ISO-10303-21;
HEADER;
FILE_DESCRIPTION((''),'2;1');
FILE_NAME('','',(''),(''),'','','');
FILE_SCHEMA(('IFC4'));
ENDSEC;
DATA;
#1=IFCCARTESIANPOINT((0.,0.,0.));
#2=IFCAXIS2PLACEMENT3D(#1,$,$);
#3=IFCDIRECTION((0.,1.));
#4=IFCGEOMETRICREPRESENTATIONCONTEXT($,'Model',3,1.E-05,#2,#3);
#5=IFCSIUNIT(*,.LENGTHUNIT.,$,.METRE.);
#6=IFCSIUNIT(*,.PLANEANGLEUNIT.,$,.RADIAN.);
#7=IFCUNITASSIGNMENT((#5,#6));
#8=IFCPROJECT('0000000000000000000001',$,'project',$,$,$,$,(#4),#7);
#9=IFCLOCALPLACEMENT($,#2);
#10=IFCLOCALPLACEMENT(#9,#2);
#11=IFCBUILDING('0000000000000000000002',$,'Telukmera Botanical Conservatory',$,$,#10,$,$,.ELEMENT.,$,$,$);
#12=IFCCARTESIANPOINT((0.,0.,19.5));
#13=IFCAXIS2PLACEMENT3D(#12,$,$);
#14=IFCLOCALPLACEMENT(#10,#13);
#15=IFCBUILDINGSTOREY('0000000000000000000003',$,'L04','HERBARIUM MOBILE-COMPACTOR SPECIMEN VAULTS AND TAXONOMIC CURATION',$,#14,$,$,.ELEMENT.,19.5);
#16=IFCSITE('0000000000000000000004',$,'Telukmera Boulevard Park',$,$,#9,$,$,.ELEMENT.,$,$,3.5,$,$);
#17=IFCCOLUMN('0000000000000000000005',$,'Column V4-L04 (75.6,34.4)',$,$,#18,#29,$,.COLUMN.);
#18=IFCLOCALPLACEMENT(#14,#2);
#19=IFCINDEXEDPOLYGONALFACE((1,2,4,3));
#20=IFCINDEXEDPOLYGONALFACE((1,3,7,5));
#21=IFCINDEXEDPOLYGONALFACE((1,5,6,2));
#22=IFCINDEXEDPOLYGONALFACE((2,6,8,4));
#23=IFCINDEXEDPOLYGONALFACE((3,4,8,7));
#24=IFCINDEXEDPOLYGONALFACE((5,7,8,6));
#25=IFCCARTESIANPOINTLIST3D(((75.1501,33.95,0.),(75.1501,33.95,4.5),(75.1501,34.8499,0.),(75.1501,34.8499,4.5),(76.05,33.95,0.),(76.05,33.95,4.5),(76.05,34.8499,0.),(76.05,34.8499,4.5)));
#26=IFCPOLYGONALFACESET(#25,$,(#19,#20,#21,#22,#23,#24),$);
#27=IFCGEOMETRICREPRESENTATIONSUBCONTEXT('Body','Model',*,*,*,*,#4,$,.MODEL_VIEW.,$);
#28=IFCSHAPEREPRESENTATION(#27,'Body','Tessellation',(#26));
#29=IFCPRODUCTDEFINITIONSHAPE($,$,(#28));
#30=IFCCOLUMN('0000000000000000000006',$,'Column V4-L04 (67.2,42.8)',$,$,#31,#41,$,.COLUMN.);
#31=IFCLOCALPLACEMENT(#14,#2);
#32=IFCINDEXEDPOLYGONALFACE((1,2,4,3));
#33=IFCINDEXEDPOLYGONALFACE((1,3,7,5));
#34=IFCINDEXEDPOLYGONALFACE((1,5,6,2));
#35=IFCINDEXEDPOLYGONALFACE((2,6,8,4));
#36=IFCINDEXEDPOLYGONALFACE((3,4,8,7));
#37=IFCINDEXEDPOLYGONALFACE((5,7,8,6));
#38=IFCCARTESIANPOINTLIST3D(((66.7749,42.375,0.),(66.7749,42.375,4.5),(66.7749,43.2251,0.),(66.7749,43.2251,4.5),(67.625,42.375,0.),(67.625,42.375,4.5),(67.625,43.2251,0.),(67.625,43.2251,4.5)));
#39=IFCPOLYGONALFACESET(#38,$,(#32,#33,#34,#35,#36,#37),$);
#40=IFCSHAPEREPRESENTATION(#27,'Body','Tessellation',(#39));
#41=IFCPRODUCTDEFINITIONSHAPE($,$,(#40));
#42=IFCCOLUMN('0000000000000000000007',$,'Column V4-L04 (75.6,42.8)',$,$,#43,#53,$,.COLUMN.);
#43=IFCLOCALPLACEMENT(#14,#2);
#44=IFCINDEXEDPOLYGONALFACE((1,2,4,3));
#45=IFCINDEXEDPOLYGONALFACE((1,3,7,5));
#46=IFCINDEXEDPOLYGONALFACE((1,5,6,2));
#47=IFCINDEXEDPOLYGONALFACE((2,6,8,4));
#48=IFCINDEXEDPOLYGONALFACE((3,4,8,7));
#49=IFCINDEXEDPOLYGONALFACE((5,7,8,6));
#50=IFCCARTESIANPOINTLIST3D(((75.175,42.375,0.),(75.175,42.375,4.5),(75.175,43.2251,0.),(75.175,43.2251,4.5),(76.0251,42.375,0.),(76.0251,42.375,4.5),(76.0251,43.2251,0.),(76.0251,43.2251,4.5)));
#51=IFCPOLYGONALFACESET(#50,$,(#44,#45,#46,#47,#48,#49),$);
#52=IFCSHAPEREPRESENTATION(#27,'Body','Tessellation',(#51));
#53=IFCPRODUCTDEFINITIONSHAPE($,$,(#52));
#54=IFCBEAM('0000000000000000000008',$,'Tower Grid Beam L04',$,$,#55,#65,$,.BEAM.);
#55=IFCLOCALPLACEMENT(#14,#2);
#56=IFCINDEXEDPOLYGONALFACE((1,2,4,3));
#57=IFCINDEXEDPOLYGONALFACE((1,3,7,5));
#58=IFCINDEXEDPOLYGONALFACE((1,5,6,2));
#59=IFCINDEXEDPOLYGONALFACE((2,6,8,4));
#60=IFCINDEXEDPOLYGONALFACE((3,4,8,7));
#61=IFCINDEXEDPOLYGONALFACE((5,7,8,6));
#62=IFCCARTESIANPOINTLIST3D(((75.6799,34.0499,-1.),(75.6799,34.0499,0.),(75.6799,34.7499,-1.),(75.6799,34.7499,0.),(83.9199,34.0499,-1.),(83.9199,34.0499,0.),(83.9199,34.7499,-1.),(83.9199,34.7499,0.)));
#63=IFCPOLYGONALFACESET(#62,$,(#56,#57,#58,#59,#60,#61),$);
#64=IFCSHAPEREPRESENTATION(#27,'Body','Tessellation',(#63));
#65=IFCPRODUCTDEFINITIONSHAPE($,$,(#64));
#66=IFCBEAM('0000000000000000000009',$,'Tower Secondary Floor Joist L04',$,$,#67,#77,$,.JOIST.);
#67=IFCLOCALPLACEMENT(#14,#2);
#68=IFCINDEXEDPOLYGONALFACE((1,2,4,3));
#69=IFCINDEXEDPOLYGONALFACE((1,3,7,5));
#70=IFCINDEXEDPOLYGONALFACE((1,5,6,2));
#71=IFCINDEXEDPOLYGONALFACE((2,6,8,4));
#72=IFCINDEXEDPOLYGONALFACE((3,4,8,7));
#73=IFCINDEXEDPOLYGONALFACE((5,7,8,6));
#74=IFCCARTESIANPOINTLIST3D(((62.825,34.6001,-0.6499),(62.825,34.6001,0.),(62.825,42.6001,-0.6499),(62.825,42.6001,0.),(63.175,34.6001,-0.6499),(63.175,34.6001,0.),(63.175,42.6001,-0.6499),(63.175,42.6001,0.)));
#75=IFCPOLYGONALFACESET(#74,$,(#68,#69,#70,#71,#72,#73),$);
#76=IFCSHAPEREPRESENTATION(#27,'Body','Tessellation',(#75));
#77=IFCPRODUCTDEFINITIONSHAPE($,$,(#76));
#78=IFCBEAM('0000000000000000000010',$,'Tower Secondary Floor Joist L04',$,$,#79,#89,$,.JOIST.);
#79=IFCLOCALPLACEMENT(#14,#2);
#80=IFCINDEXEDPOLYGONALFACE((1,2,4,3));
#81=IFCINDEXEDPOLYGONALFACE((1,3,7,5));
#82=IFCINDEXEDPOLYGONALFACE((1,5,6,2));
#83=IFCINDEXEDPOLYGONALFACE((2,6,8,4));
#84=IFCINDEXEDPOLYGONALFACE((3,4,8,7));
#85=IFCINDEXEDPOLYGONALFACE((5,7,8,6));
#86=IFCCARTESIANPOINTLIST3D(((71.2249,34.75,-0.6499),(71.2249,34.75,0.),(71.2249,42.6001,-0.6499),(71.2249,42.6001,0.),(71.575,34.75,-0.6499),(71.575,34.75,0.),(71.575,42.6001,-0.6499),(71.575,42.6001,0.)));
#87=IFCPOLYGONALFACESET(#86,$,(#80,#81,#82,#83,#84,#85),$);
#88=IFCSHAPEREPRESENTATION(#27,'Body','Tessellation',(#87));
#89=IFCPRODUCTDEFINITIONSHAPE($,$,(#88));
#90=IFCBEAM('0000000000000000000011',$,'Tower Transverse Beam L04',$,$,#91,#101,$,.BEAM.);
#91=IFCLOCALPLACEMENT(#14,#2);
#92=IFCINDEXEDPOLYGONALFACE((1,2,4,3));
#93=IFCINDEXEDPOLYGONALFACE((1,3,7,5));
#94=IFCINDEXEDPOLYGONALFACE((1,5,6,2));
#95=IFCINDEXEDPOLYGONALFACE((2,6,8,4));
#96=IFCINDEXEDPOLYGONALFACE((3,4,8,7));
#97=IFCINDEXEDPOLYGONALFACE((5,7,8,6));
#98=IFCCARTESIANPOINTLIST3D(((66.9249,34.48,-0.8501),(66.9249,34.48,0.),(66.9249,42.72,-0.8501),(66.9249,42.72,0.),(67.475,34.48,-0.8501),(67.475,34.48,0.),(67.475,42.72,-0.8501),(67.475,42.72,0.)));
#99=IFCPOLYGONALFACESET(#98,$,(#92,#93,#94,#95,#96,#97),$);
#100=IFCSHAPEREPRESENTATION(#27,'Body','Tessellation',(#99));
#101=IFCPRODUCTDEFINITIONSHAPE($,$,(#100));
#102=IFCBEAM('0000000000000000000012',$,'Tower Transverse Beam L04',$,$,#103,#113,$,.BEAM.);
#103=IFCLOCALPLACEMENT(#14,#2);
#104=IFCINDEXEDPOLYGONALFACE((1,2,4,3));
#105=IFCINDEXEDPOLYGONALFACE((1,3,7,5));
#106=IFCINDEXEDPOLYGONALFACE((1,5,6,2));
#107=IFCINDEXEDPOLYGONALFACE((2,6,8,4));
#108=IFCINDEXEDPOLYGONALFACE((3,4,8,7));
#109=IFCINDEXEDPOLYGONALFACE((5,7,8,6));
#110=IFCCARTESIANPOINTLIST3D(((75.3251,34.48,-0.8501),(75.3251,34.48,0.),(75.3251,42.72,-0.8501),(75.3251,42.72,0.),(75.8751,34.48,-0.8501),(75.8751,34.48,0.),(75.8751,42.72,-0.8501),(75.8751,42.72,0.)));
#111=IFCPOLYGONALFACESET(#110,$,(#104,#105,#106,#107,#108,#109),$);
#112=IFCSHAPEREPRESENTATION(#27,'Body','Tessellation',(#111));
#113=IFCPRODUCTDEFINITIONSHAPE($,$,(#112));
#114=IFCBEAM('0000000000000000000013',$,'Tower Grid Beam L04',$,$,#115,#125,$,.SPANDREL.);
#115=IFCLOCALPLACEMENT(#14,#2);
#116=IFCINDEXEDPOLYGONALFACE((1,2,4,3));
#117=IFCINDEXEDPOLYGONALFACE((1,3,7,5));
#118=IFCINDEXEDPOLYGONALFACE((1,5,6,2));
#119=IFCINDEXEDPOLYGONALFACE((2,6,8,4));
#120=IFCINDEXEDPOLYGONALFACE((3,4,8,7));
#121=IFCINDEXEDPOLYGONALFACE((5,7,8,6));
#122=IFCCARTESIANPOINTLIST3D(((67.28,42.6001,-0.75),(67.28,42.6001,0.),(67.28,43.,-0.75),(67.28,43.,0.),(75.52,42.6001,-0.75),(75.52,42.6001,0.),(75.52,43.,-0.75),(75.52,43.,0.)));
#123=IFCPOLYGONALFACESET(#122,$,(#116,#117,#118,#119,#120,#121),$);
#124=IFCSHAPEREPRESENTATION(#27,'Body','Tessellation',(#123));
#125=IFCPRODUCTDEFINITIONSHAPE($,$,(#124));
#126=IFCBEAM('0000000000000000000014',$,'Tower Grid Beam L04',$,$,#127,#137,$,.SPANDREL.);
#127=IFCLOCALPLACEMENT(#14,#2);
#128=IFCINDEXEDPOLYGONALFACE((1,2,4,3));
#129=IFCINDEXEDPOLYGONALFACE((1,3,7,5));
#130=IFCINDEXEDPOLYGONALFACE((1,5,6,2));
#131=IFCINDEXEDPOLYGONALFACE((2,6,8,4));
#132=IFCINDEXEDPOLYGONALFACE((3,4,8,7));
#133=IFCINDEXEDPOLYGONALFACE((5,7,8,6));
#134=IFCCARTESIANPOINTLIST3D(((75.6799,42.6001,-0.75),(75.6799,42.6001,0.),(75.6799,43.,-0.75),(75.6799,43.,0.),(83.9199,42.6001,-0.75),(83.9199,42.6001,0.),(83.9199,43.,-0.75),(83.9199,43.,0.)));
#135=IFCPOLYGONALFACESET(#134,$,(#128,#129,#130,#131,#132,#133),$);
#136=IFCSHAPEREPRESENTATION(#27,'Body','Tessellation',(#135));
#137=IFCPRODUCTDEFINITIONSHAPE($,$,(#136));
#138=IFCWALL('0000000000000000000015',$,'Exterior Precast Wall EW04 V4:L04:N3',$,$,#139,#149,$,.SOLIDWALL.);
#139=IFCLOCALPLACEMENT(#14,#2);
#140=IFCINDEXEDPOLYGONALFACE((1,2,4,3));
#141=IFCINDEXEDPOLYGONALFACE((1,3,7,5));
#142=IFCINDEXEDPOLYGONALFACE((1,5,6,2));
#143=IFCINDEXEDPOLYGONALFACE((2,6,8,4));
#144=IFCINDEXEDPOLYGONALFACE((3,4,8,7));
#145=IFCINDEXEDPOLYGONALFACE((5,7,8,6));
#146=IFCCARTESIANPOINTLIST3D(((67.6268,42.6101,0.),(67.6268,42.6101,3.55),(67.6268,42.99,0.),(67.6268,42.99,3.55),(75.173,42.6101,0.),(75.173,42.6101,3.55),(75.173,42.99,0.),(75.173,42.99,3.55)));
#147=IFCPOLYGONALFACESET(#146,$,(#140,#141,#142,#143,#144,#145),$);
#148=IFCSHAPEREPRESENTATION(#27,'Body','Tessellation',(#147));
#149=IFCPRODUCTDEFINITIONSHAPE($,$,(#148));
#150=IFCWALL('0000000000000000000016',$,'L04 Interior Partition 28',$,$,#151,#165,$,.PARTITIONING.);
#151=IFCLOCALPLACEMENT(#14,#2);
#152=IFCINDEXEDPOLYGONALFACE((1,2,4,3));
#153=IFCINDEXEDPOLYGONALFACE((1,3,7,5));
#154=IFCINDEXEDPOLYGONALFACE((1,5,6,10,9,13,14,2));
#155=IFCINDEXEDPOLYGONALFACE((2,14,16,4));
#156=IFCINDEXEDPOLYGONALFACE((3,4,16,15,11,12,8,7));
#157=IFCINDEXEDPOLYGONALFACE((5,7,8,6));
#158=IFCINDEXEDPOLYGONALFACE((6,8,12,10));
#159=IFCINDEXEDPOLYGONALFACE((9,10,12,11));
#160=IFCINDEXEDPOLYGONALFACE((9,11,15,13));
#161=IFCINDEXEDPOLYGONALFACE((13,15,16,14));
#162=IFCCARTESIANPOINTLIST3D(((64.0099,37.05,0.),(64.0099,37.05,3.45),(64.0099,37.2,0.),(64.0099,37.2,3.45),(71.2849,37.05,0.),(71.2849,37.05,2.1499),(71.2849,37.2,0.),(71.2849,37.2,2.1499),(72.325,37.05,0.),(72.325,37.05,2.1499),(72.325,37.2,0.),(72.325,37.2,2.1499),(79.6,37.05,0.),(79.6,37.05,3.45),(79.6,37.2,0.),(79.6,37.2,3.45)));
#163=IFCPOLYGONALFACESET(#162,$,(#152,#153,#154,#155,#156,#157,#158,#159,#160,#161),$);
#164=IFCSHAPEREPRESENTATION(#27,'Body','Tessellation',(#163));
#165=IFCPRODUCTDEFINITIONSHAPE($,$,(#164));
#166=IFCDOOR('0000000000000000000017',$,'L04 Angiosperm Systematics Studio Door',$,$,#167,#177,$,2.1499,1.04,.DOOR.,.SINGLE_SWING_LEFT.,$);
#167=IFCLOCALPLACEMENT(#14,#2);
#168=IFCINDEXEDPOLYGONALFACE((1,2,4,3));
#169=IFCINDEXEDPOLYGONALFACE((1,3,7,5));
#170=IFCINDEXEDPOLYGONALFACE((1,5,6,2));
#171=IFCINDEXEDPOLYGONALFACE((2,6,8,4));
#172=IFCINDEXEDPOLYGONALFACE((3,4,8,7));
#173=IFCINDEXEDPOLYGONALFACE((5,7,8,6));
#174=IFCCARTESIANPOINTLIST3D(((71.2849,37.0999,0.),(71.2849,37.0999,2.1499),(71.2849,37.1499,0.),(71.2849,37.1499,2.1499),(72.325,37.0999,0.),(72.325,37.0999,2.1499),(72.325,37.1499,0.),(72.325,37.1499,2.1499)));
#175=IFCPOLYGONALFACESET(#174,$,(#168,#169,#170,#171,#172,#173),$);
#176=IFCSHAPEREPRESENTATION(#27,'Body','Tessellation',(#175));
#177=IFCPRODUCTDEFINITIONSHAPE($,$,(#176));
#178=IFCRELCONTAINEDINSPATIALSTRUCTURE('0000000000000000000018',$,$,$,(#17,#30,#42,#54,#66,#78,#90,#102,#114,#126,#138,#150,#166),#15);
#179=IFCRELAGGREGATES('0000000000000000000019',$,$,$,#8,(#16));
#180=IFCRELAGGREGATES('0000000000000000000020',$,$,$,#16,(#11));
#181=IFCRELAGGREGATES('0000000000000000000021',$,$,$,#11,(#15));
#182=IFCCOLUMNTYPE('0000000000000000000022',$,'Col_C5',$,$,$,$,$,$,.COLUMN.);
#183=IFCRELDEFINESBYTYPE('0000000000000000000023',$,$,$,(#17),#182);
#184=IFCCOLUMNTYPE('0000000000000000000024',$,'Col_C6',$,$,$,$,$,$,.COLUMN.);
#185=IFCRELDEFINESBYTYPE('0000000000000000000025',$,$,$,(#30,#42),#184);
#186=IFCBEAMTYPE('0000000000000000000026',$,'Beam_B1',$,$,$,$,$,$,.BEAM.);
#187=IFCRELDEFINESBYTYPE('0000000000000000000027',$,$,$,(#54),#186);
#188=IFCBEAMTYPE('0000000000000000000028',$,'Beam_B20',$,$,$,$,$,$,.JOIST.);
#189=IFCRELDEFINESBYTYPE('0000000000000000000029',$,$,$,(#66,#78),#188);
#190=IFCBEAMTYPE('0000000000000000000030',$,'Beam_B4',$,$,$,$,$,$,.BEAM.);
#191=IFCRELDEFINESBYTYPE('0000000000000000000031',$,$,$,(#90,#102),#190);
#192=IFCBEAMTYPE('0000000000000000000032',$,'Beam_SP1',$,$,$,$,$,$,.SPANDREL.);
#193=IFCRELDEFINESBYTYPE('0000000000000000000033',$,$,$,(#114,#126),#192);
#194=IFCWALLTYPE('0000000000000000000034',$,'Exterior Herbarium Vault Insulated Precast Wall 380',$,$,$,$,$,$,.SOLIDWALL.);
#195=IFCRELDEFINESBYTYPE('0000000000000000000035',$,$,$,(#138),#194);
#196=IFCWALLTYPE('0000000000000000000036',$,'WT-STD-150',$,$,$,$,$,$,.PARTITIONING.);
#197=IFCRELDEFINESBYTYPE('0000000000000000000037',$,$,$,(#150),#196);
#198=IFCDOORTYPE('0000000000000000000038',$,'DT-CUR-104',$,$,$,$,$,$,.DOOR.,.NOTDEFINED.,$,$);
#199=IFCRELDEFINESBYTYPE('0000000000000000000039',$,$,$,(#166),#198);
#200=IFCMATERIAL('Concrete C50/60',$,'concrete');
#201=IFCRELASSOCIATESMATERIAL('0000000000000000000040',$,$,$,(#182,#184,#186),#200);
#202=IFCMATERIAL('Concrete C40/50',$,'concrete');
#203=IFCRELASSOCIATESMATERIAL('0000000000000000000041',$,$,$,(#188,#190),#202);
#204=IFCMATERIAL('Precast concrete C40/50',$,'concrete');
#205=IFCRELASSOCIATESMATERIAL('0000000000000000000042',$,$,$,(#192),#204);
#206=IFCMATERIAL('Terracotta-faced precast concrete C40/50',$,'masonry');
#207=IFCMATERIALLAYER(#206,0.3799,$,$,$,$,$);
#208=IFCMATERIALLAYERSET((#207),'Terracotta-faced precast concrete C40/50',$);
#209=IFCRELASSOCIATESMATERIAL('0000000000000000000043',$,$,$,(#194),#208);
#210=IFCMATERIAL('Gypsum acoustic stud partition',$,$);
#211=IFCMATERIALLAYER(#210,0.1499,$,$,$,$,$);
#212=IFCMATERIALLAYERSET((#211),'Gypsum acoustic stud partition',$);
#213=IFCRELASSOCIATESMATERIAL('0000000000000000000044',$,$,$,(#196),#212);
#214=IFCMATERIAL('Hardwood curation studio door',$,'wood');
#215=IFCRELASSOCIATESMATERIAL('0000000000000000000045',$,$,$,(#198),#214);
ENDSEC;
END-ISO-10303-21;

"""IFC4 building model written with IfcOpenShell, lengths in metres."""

from ifc_helpers import new_model, si_unit, direction, frame, frame_2d, origin, origin_2d, place, context, subcontext, project, spatial, rectangle, extrude, material, layer, layer_set, material_profile, profile_set, type_object, element, fill, save


model = new_model("IFC4")

# Units and contexts
model_context = context("Model", 3, precision=1e-05, world=origin(), true_north=direction((0.0, 1.0)))
body_context = subcontext(model_context, "Body", "Model", "MODEL_VIEW")
ifc_project = project(units=[si_unit("LENGTHUNIT", "METRE"), si_unit("PLANEANGLEUNIT", "RADIAN")], contexts=[model_context])

# Site, building, storey
site_placement = place(None, origin())
site = spatial("IfcSite", under=ifc_project, at=site_placement, Name="Telukmera Boulevard Park", CompositionType="ELEMENT", RefElevation=3.5)
building_placement = place(site_placement, origin())
building = spatial("IfcBuilding", under=site, at=building_placement, Name="Telukmera Botanical Conservatory", CompositionType="ELEMENT")
storey_placement = place(building_placement, frame((0.0, 0.0, 19.5)))
storey = spatial("IfcBuildingStorey", under=building, at=storey_placement, Name="L04", Description="HERBARIUM MOBILE-COMPACTOR SPECIMEN VAULTS AND TAXONOMIC CURATION", CompositionType="ELEMENT", Elevation=19.5)

# Columns
ifc_material_1 = material(Name="Concrete C50/60", Category="concrete")
ifc_material_profile_1 = material_profile(ifc_material_1, rectangle(XDim=0.8999, YDim=0.8999, at=origin_2d()), Name="RC 900x900")
ifc_profile_set_1 = profile_set([ifc_material_profile_1], Name="Concrete C50/60")
column_type_1 = type_object("IfcColumnType", Name="Col_C5", PredefinedType="COLUMN", material=ifc_profile_set_1)
column_placement = place(storey_placement, frame((75.6001, 34.3999, 0.0), z_axis=(0.0, 0.0, 1.0), x_axis=(1.0, 0.0, 0.0)))
element("IfcColumn", 1, at=column_placement, inside=storey, type_object=column_type_1, Name="Column V4-L04 (75.6,34.4)", PredefinedType="COLUMN", context=body_context, shape_type="SweptSolid", body=[
    extrude(rectangle(XDim=0.8999, YDim=0.8999, at=origin_2d()), origin(), (0.0, 0.0, 1.0), 4.5),
])
ifc_material_profile_2 = material_profile(ifc_material_1, rectangle(XDim=0.8501, YDim=0.8501, at=origin_2d()), Name="RC 850x850")
ifc_profile_set_2 = profile_set([ifc_material_profile_2], Name="Concrete C50/60")
column_type_2 = type_object("IfcColumnType", Name="Col_C6", PredefinedType="COLUMN", material=ifc_profile_set_2)
for number, where, z_axis, x_axis, name in (
    (2, (67.2, 42.8, 0.0), (0.0, 0.0, 1.0), (1.0, 0.0, 0.0), "Column V4-L04 (67.2,42.8)"),
    (3, (75.6001, 42.8, 0.0), (0.0, 0.0, 1.0), (1.0, 0.0, 0.0), "Column V4-L04 (75.6,42.8)"),
):
    element("IfcColumn", number, at=place(storey_placement, frame(where, z_axis=z_axis, x_axis=x_axis)), inside=storey, type_object=column_type_2, Name=name, PredefinedType="COLUMN", context=body_context, shape_type="SweptSolid", body=[
        extrude(rectangle(XDim=0.8501, YDim=0.8501, at=origin_2d()), origin(), (0.0, 0.0, 1.0), 4.5),
    ])

# Beams
ifc_material_profile_3 = material_profile(ifc_material_1, rectangle(XDim=0.7, YDim=1.0, at=origin_2d()), Name="RC 700x1000")
ifc_profile_set_3 = profile_set([ifc_material_profile_3], Name="Concrete C50/60")
beam_type_1 = type_object("IfcBeamType", Name="Beam_B1", PredefinedType="BEAM", material=ifc_profile_set_3)
beam_1_placement = place(storey_placement, frame((75.6799, 34.3999, -0.5), z_axis=(1.0, 0.0, 0.0), x_axis=(0.0, 1.0, 0.0)))
element("IfcBeam", 4, at=beam_1_placement, inside=storey, type_object=beam_type_1, Name="Tower Grid Beam L04", PredefinedType="BEAM", context=body_context, shape_type="SweptSolid", body=[
    extrude(rectangle(XDim=0.7, YDim=1.0, at=origin_2d()), origin(), (0.0, 0.0, 1.0), 8.24),
])
ifc_material_2 = material(Name="Concrete C40/50", Category="concrete")
ifc_material_profile_4 = material_profile(ifc_material_2, rectangle(XDim=0.3501, YDim=0.6499, at=origin_2d()), Name="RC 350x650")
ifc_profile_set_4 = profile_set([ifc_material_profile_4], Name="Concrete C40/50")
beam_type_2 = type_object("IfcBeamType", Name="Beam_B20", PredefinedType="JOIST", material=ifc_profile_set_4)
beam_2_placement = place(storey_placement, frame((63.0, 34.6001, -0.325), z_axis=(0.0, 1.0, 0.0), x_axis=(-1.0, 0.0, 0.0)))
element("IfcBeam", 5, at=beam_2_placement, inside=storey, type_object=beam_type_2, Name="Tower Secondary Floor Joist L04", PredefinedType="JOIST", context=body_context, shape_type="SweptSolid", body=[
    extrude(rectangle(XDim=0.3501, YDim=0.6499, at=origin_2d()), origin(), (0.0, 0.0, 1.0), 8.0),
])
beam_3_placement = place(storey_placement, frame((71.3999, 34.75, -0.325), z_axis=(0.0, 1.0, 0.0), x_axis=(-1.0, 0.0, 0.0)))
element("IfcBeam", 6, at=beam_3_placement, inside=storey, type_object=beam_type_2, Name="Tower Secondary Floor Joist L04", PredefinedType="JOIST", context=body_context, shape_type="SweptSolid", body=[
    extrude(rectangle(XDim=0.3501, YDim=0.6499, at=origin_2d()), origin(), (0.0, 0.0, 1.0), 7.8501),
])
ifc_material_profile_5 = material_profile(ifc_material_2, rectangle(XDim=0.55, YDim=0.8501, at=origin_2d()), Name="RC 550x850")
ifc_profile_set_5 = profile_set([ifc_material_profile_5], Name="Concrete C40/50")
beam_type_3 = type_object("IfcBeamType", Name="Beam_B4", PredefinedType="BEAM", material=ifc_profile_set_5)
for number, where, z_axis, x_axis, name in (
    (7, (67.2, 34.48, -0.425), (0.0, 1.0, 0.0), (-1.0, 0.0, 0.0), "Tower Transverse Beam L04"),
    (8, (75.6001, 34.48, -0.425), (0.0, 1.0, 0.0), (-1.0, 0.0, 0.0), "Tower Transverse Beam L04"),
):
    element("IfcBeam", number, at=place(storey_placement, frame(where, z_axis=z_axis, x_axis=x_axis)), inside=storey, type_object=beam_type_3, Name=name, PredefinedType="BEAM", context=body_context, shape_type="SweptSolid", body=[
        extrude(rectangle(XDim=0.55, YDim=0.8501, at=origin_2d()), origin(), (0.0, 0.0, 1.0), 8.24),
    ])
ifc_material_3 = material(Name="Precast concrete C40/50", Category="concrete")
ifc_material_profile_6 = material_profile(ifc_material_3, rectangle(XDim=0.3999, YDim=0.75, at=origin_2d()), Name="PC 400x750")
ifc_profile_set_6 = profile_set([ifc_material_profile_6], Name="Precast concrete C40/50")
beam_type_4 = type_object("IfcBeamType", Name="Beam_SP1", PredefinedType="SPANDREL", material=ifc_profile_set_6)
for number, where, z_axis, x_axis, name in (
    (9, (67.28, 42.8, -0.375), (1.0, 0.0, 0.0), (0.0, 1.0, 0.0), "Tower Grid Beam L04"),
    (10, (75.6799, 42.8, -0.375), (1.0, 0.0, 0.0), (0.0, 1.0, 0.0), "Tower Grid Beam L04"),
):
    element("IfcBeam", number, at=place(storey_placement, frame(where, z_axis=z_axis, x_axis=x_axis)), inside=storey, type_object=beam_type_4, Name=name, PredefinedType="SPANDREL", context=body_context, shape_type="SweptSolid", body=[
        extrude(rectangle(XDim=0.3999, YDim=0.75, at=origin_2d()), origin(), (0.0, 0.0, 1.0), 8.24),
    ])

# Wall
ifc_material_4 = material(Name="Terracotta-faced precast concrete C40/50", Category="masonry")
ifc_layer_1 = layer(ifc_material_4, 0.3799)
ifc_layer_set_1 = layer_set([ifc_layer_1], Name="Terracotta-faced precast concrete C40/50")
wall_type_1 = type_object("IfcWallType", Name="Exterior Herbarium Vault Insulated Precast Wall 380", PredefinedType="SOLIDWALL", material=ifc_layer_set_1)
wall_1_placement = place(storey_placement, frame((67.627, 42.8, 0.0), z_axis=(0.0, 0.0, 1.0), x_axis=(1.0, 0.0, 0.0)))
element("IfcWall", 11, at=wall_1_placement, inside=storey, type_object=wall_type_1, Name="Exterior Precast Wall EW04 V4:L04:N3", PredefinedType="SOLIDWALL", context=body_context, shape_type="SweptSolid", body=[
    extrude(rectangle(XDim=7.5461, YDim=0.3799, at=frame_2d((3.7729, 0.0))), origin(), (0.0, 0.0, 1.0), 3.55),
])

# Wall, opening, door
ifc_material_5 = material(Name="Gypsum acoustic stud partition")
ifc_layer_2 = layer(ifc_material_5, 0.1499)
ifc_layer_set_2 = layer_set([ifc_layer_2], Name="Gypsum acoustic stud partition")
wall_type_2 = type_object("IfcWallType", Name="WT-STD-150", PredefinedType="PARTITIONING", material=ifc_layer_set_2)
wall_2_placement = place(storey_placement, frame((64.01, 37.125, 0.0), z_axis=(0.0, 0.0, 1.0), x_axis=(1.0, 0.0, 0.0)))
wall_2 = element("IfcWall", 12, at=wall_2_placement, inside=storey, type_object=wall_type_2, Name="L04 Interior Partition 28", PredefinedType="PARTITIONING", context=body_context, shape_type="SweptSolid", body=[
    extrude(rectangle(XDim=15.5901, YDim=0.1499, at=frame_2d((7.7949, 0.0))), origin(), (0.0, 0.0, 1.0), 3.45),
])
opening_placement = place(wall_2_placement, frame((7.2749, 0.0, 0.0)))
opening = element("IfcOpeningElement", 13, at=opening_placement, cuts=wall_2, PredefinedType="OPENING", context=body_context, shape_type="SweptSolid", body=[
    extrude(rectangle(XDim=1.04, YDim=2.1499, at=frame_2d((0.52, 1.075))), frame((0.0, 0.085, 0.0), z_axis=(0.0, -1.0, 0.0), x_axis=(1.0, 0.0, 0.0)), (0.0, 0.0, 1.0), 0.1699),
])
ifc_material_6 = material(Name="Hardwood curation studio door", Category="wood")
door_type = type_object("IfcDoorType", Name="DT-CUR-104", OperationType="NOTDEFINED", PredefinedType="DOOR", material=ifc_material_6)
door_placement = place(opening_placement, origin())
door = element("IfcDoor", 14, at=door_placement, inside=storey, type_object=door_type, Name="L04 Angiosperm Systematics Studio Door", OperationType="SINGLE_SWING_LEFT", OverallHeight=2.1499, OverallWidth=1.04, PredefinedType="DOOR", context=body_context, shape_type="SweptSolid", body=[
    extrude(rectangle(XDim=1.04, YDim=2.1499, at=frame_2d((0.52, 1.075))), frame((0.0, 0.0249, 0.0), z_axis=(0.0, -1.0, 0.0), x_axis=(1.0, 0.0, 0.0)), (0.0, 0.0, 1.0), 0.05),
])
fill(opening, door)

save(model, "model.ifc")
